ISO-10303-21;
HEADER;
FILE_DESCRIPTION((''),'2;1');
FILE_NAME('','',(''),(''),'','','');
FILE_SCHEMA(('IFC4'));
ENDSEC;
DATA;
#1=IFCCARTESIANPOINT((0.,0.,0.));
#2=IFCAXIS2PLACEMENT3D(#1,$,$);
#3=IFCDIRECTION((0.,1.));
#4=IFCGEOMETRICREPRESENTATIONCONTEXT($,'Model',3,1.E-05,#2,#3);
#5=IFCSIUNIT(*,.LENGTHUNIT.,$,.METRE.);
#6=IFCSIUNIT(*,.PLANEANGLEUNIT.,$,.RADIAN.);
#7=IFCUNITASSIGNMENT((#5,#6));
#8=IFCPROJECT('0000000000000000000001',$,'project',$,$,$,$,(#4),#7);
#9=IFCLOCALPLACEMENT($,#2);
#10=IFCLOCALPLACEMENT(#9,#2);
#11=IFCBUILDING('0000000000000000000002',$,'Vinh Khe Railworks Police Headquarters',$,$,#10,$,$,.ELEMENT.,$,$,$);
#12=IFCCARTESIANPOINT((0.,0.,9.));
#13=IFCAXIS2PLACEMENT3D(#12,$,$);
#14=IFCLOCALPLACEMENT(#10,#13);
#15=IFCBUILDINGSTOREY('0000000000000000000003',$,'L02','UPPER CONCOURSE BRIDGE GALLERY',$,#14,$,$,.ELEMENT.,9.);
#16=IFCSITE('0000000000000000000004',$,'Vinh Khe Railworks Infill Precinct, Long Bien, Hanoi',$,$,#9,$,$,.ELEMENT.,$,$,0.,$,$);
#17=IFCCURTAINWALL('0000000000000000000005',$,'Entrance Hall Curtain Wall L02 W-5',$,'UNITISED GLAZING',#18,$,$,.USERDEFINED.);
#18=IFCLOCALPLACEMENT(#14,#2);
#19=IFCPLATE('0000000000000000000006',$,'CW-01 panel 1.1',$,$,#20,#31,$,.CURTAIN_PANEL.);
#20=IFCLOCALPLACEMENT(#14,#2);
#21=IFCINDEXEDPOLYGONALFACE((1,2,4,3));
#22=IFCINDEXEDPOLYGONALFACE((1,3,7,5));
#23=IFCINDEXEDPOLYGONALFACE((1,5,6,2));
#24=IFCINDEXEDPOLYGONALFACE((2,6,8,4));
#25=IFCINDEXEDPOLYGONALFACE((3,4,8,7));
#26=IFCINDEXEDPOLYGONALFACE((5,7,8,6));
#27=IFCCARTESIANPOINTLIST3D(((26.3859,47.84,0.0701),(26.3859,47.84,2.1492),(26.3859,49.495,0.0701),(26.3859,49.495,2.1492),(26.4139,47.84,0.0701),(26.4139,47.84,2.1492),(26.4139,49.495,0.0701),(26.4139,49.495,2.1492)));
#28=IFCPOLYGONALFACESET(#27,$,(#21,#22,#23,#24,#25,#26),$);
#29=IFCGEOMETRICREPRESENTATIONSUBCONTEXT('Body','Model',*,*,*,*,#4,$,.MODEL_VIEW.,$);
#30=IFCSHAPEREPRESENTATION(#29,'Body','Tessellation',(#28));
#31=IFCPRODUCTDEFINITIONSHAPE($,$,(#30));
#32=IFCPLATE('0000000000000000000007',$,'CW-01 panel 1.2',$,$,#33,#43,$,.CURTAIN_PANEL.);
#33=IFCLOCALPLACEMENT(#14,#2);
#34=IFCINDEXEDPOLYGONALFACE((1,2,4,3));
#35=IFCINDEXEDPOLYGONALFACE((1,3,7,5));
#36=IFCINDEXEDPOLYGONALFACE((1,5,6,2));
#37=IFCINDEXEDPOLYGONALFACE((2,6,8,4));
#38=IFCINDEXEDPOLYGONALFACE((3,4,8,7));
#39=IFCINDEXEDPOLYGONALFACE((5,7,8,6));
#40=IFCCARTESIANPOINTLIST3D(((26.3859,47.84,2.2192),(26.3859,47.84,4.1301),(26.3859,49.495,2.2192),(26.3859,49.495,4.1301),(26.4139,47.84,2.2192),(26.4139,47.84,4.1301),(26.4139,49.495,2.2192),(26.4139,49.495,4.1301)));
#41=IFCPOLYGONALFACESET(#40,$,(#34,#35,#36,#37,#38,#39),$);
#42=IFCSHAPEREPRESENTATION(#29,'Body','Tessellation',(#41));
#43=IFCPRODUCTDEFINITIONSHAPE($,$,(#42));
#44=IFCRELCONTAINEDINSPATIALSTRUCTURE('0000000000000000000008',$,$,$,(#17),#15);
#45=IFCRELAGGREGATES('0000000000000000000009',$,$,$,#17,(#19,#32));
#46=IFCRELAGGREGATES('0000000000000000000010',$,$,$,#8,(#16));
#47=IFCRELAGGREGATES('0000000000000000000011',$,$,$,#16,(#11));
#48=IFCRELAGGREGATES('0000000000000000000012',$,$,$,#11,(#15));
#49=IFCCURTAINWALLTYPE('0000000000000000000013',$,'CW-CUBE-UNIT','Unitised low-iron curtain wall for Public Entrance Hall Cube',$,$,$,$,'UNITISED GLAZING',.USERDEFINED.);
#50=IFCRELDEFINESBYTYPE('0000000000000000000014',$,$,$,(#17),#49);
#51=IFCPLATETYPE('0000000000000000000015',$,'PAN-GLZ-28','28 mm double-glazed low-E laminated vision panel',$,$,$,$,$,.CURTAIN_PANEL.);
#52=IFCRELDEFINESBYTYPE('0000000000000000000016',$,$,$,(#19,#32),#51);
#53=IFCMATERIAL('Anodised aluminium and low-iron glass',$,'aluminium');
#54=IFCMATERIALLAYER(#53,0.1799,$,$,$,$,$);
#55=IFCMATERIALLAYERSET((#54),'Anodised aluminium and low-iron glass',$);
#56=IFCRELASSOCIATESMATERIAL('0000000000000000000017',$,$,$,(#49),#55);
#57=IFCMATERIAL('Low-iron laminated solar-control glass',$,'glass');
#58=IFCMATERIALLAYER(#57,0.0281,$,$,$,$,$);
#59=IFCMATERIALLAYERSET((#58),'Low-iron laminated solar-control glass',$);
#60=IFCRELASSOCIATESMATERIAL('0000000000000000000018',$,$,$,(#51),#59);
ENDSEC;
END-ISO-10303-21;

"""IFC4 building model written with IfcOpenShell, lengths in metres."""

from ifc_helpers import new_model, si_unit, direction, frame, origin, origin_2d, place, context, subcontext, project, spatial, rectangle, extrude, material, layer, layer_set, type_object, element, aggregate, save


model = new_model("IFC4")

# Units and contexts
model_context = context("Model", 3, precision=1e-05, world=origin(), true_north=direction((0.0, 1.0)))
body_context = subcontext(model_context, "Body", "Model", "MODEL_VIEW")
ifc_project = project(units=[si_unit("LENGTHUNIT", "METRE"), si_unit("PLANEANGLEUNIT", "RADIAN")], contexts=[model_context])

# Site, building, storey
site_placement = place(None, origin())
site = spatial("IfcSite", under=ifc_project, at=site_placement, Name="Vinh Khe Railworks Infill Precinct, Long Bien, Hanoi", CompositionType="ELEMENT", RefElevation=0.0)
building_placement = place(site_placement, origin())
building = spatial("IfcBuilding", under=site, at=building_placement, Name="Vinh Khe Railworks Police Headquarters", CompositionType="ELEMENT")
storey_placement = place(building_placement, frame((0.0, 0.0, 9.0)))
storey = spatial("IfcBuildingStorey", under=building, at=storey_placement, Name="L02", Description="UPPER CONCOURSE BRIDGE GALLERY", CompositionType="ELEMENT", Elevation=9.0)

# Curtain wall
ifc_material_1 = material(Name="Anodised aluminium and low-iron glass", Category="aluminium")
ifc_layer_1 = layer(ifc_material_1, 0.1799)
ifc_layer_set_1 = layer_set([ifc_layer_1], Name="Anodised aluminium and low-iron glass")
curtain_wall_type = type_object("IfcCurtainWallType", Name="CW-CUBE-UNIT", Description="Unitised low-iron curtain wall for Public Entrance Hall Cube", ElementType="UNITISED GLAZING", PredefinedType="USERDEFINED", material=ifc_layer_set_1)
curtain_wall_1_placement = place(storey_placement, origin())
curtain_wall_1 = element("IfcCurtainWall", 1, at=curtain_wall_1_placement, inside=storey, type_object=curtain_wall_type, Name="Entrance Hall Curtain Wall L02 W-5", ObjectType="UNITISED GLAZING", PredefinedType="USERDEFINED")

# Plates
ifc_material_2 = material(Name="Low-iron laminated solar-control glass", Category="glass")
ifc_layer_2 = layer(ifc_material_2, 0.0281)
ifc_layer_set_2 = layer_set([ifc_layer_2], Name="Low-iron laminated solar-control glass")
plate_type = type_object("IfcPlateType", Name="PAN-GLZ-28", Description="28 mm double-glazed low-E laminated vision panel", PredefinedType="CURTAIN_PANEL", material=ifc_layer_set_2)
plate_1_placement = place(storey_placement, frame((26.3999, 48.6675, 0.0701), z_axis=(0.0, 0.0, 1.0), x_axis=(0.0, 1.0, 0.0)))
plate_1 = element("IfcPlate", 2, at=plate_1_placement, type_object=plate_type, Name="CW-01 panel 1.1", PredefinedType="CURTAIN_PANEL", context=body_context, shape_type="SweptSolid", body=[
    extrude(rectangle(XDim=1.655, YDim=0.0281, at=origin_2d()), origin(), (0.0, 0.0, 1.0), 2.0791),
])
plate_2_placement = place(storey_placement, frame((26.3999, 48.6675, 2.2192), z_axis=(0.0, 0.0, 1.0), x_axis=(0.0, 1.0, 0.0)))
plate_2 = element("IfcPlate", 3, at=plate_2_placement, type_object=plate_type, Name="CW-01 panel 1.2", PredefinedType="CURTAIN_PANEL", context=body_context, shape_type="SweptSolid", body=[
    extrude(rectangle(XDim=1.655, YDim=0.0281, at=origin_2d()), origin(), (0.0, 0.0, 1.0), 1.9109),
])
aggregate(curtain_wall_1, [plate_1, plate_2])

save(model, "model.ifc")
